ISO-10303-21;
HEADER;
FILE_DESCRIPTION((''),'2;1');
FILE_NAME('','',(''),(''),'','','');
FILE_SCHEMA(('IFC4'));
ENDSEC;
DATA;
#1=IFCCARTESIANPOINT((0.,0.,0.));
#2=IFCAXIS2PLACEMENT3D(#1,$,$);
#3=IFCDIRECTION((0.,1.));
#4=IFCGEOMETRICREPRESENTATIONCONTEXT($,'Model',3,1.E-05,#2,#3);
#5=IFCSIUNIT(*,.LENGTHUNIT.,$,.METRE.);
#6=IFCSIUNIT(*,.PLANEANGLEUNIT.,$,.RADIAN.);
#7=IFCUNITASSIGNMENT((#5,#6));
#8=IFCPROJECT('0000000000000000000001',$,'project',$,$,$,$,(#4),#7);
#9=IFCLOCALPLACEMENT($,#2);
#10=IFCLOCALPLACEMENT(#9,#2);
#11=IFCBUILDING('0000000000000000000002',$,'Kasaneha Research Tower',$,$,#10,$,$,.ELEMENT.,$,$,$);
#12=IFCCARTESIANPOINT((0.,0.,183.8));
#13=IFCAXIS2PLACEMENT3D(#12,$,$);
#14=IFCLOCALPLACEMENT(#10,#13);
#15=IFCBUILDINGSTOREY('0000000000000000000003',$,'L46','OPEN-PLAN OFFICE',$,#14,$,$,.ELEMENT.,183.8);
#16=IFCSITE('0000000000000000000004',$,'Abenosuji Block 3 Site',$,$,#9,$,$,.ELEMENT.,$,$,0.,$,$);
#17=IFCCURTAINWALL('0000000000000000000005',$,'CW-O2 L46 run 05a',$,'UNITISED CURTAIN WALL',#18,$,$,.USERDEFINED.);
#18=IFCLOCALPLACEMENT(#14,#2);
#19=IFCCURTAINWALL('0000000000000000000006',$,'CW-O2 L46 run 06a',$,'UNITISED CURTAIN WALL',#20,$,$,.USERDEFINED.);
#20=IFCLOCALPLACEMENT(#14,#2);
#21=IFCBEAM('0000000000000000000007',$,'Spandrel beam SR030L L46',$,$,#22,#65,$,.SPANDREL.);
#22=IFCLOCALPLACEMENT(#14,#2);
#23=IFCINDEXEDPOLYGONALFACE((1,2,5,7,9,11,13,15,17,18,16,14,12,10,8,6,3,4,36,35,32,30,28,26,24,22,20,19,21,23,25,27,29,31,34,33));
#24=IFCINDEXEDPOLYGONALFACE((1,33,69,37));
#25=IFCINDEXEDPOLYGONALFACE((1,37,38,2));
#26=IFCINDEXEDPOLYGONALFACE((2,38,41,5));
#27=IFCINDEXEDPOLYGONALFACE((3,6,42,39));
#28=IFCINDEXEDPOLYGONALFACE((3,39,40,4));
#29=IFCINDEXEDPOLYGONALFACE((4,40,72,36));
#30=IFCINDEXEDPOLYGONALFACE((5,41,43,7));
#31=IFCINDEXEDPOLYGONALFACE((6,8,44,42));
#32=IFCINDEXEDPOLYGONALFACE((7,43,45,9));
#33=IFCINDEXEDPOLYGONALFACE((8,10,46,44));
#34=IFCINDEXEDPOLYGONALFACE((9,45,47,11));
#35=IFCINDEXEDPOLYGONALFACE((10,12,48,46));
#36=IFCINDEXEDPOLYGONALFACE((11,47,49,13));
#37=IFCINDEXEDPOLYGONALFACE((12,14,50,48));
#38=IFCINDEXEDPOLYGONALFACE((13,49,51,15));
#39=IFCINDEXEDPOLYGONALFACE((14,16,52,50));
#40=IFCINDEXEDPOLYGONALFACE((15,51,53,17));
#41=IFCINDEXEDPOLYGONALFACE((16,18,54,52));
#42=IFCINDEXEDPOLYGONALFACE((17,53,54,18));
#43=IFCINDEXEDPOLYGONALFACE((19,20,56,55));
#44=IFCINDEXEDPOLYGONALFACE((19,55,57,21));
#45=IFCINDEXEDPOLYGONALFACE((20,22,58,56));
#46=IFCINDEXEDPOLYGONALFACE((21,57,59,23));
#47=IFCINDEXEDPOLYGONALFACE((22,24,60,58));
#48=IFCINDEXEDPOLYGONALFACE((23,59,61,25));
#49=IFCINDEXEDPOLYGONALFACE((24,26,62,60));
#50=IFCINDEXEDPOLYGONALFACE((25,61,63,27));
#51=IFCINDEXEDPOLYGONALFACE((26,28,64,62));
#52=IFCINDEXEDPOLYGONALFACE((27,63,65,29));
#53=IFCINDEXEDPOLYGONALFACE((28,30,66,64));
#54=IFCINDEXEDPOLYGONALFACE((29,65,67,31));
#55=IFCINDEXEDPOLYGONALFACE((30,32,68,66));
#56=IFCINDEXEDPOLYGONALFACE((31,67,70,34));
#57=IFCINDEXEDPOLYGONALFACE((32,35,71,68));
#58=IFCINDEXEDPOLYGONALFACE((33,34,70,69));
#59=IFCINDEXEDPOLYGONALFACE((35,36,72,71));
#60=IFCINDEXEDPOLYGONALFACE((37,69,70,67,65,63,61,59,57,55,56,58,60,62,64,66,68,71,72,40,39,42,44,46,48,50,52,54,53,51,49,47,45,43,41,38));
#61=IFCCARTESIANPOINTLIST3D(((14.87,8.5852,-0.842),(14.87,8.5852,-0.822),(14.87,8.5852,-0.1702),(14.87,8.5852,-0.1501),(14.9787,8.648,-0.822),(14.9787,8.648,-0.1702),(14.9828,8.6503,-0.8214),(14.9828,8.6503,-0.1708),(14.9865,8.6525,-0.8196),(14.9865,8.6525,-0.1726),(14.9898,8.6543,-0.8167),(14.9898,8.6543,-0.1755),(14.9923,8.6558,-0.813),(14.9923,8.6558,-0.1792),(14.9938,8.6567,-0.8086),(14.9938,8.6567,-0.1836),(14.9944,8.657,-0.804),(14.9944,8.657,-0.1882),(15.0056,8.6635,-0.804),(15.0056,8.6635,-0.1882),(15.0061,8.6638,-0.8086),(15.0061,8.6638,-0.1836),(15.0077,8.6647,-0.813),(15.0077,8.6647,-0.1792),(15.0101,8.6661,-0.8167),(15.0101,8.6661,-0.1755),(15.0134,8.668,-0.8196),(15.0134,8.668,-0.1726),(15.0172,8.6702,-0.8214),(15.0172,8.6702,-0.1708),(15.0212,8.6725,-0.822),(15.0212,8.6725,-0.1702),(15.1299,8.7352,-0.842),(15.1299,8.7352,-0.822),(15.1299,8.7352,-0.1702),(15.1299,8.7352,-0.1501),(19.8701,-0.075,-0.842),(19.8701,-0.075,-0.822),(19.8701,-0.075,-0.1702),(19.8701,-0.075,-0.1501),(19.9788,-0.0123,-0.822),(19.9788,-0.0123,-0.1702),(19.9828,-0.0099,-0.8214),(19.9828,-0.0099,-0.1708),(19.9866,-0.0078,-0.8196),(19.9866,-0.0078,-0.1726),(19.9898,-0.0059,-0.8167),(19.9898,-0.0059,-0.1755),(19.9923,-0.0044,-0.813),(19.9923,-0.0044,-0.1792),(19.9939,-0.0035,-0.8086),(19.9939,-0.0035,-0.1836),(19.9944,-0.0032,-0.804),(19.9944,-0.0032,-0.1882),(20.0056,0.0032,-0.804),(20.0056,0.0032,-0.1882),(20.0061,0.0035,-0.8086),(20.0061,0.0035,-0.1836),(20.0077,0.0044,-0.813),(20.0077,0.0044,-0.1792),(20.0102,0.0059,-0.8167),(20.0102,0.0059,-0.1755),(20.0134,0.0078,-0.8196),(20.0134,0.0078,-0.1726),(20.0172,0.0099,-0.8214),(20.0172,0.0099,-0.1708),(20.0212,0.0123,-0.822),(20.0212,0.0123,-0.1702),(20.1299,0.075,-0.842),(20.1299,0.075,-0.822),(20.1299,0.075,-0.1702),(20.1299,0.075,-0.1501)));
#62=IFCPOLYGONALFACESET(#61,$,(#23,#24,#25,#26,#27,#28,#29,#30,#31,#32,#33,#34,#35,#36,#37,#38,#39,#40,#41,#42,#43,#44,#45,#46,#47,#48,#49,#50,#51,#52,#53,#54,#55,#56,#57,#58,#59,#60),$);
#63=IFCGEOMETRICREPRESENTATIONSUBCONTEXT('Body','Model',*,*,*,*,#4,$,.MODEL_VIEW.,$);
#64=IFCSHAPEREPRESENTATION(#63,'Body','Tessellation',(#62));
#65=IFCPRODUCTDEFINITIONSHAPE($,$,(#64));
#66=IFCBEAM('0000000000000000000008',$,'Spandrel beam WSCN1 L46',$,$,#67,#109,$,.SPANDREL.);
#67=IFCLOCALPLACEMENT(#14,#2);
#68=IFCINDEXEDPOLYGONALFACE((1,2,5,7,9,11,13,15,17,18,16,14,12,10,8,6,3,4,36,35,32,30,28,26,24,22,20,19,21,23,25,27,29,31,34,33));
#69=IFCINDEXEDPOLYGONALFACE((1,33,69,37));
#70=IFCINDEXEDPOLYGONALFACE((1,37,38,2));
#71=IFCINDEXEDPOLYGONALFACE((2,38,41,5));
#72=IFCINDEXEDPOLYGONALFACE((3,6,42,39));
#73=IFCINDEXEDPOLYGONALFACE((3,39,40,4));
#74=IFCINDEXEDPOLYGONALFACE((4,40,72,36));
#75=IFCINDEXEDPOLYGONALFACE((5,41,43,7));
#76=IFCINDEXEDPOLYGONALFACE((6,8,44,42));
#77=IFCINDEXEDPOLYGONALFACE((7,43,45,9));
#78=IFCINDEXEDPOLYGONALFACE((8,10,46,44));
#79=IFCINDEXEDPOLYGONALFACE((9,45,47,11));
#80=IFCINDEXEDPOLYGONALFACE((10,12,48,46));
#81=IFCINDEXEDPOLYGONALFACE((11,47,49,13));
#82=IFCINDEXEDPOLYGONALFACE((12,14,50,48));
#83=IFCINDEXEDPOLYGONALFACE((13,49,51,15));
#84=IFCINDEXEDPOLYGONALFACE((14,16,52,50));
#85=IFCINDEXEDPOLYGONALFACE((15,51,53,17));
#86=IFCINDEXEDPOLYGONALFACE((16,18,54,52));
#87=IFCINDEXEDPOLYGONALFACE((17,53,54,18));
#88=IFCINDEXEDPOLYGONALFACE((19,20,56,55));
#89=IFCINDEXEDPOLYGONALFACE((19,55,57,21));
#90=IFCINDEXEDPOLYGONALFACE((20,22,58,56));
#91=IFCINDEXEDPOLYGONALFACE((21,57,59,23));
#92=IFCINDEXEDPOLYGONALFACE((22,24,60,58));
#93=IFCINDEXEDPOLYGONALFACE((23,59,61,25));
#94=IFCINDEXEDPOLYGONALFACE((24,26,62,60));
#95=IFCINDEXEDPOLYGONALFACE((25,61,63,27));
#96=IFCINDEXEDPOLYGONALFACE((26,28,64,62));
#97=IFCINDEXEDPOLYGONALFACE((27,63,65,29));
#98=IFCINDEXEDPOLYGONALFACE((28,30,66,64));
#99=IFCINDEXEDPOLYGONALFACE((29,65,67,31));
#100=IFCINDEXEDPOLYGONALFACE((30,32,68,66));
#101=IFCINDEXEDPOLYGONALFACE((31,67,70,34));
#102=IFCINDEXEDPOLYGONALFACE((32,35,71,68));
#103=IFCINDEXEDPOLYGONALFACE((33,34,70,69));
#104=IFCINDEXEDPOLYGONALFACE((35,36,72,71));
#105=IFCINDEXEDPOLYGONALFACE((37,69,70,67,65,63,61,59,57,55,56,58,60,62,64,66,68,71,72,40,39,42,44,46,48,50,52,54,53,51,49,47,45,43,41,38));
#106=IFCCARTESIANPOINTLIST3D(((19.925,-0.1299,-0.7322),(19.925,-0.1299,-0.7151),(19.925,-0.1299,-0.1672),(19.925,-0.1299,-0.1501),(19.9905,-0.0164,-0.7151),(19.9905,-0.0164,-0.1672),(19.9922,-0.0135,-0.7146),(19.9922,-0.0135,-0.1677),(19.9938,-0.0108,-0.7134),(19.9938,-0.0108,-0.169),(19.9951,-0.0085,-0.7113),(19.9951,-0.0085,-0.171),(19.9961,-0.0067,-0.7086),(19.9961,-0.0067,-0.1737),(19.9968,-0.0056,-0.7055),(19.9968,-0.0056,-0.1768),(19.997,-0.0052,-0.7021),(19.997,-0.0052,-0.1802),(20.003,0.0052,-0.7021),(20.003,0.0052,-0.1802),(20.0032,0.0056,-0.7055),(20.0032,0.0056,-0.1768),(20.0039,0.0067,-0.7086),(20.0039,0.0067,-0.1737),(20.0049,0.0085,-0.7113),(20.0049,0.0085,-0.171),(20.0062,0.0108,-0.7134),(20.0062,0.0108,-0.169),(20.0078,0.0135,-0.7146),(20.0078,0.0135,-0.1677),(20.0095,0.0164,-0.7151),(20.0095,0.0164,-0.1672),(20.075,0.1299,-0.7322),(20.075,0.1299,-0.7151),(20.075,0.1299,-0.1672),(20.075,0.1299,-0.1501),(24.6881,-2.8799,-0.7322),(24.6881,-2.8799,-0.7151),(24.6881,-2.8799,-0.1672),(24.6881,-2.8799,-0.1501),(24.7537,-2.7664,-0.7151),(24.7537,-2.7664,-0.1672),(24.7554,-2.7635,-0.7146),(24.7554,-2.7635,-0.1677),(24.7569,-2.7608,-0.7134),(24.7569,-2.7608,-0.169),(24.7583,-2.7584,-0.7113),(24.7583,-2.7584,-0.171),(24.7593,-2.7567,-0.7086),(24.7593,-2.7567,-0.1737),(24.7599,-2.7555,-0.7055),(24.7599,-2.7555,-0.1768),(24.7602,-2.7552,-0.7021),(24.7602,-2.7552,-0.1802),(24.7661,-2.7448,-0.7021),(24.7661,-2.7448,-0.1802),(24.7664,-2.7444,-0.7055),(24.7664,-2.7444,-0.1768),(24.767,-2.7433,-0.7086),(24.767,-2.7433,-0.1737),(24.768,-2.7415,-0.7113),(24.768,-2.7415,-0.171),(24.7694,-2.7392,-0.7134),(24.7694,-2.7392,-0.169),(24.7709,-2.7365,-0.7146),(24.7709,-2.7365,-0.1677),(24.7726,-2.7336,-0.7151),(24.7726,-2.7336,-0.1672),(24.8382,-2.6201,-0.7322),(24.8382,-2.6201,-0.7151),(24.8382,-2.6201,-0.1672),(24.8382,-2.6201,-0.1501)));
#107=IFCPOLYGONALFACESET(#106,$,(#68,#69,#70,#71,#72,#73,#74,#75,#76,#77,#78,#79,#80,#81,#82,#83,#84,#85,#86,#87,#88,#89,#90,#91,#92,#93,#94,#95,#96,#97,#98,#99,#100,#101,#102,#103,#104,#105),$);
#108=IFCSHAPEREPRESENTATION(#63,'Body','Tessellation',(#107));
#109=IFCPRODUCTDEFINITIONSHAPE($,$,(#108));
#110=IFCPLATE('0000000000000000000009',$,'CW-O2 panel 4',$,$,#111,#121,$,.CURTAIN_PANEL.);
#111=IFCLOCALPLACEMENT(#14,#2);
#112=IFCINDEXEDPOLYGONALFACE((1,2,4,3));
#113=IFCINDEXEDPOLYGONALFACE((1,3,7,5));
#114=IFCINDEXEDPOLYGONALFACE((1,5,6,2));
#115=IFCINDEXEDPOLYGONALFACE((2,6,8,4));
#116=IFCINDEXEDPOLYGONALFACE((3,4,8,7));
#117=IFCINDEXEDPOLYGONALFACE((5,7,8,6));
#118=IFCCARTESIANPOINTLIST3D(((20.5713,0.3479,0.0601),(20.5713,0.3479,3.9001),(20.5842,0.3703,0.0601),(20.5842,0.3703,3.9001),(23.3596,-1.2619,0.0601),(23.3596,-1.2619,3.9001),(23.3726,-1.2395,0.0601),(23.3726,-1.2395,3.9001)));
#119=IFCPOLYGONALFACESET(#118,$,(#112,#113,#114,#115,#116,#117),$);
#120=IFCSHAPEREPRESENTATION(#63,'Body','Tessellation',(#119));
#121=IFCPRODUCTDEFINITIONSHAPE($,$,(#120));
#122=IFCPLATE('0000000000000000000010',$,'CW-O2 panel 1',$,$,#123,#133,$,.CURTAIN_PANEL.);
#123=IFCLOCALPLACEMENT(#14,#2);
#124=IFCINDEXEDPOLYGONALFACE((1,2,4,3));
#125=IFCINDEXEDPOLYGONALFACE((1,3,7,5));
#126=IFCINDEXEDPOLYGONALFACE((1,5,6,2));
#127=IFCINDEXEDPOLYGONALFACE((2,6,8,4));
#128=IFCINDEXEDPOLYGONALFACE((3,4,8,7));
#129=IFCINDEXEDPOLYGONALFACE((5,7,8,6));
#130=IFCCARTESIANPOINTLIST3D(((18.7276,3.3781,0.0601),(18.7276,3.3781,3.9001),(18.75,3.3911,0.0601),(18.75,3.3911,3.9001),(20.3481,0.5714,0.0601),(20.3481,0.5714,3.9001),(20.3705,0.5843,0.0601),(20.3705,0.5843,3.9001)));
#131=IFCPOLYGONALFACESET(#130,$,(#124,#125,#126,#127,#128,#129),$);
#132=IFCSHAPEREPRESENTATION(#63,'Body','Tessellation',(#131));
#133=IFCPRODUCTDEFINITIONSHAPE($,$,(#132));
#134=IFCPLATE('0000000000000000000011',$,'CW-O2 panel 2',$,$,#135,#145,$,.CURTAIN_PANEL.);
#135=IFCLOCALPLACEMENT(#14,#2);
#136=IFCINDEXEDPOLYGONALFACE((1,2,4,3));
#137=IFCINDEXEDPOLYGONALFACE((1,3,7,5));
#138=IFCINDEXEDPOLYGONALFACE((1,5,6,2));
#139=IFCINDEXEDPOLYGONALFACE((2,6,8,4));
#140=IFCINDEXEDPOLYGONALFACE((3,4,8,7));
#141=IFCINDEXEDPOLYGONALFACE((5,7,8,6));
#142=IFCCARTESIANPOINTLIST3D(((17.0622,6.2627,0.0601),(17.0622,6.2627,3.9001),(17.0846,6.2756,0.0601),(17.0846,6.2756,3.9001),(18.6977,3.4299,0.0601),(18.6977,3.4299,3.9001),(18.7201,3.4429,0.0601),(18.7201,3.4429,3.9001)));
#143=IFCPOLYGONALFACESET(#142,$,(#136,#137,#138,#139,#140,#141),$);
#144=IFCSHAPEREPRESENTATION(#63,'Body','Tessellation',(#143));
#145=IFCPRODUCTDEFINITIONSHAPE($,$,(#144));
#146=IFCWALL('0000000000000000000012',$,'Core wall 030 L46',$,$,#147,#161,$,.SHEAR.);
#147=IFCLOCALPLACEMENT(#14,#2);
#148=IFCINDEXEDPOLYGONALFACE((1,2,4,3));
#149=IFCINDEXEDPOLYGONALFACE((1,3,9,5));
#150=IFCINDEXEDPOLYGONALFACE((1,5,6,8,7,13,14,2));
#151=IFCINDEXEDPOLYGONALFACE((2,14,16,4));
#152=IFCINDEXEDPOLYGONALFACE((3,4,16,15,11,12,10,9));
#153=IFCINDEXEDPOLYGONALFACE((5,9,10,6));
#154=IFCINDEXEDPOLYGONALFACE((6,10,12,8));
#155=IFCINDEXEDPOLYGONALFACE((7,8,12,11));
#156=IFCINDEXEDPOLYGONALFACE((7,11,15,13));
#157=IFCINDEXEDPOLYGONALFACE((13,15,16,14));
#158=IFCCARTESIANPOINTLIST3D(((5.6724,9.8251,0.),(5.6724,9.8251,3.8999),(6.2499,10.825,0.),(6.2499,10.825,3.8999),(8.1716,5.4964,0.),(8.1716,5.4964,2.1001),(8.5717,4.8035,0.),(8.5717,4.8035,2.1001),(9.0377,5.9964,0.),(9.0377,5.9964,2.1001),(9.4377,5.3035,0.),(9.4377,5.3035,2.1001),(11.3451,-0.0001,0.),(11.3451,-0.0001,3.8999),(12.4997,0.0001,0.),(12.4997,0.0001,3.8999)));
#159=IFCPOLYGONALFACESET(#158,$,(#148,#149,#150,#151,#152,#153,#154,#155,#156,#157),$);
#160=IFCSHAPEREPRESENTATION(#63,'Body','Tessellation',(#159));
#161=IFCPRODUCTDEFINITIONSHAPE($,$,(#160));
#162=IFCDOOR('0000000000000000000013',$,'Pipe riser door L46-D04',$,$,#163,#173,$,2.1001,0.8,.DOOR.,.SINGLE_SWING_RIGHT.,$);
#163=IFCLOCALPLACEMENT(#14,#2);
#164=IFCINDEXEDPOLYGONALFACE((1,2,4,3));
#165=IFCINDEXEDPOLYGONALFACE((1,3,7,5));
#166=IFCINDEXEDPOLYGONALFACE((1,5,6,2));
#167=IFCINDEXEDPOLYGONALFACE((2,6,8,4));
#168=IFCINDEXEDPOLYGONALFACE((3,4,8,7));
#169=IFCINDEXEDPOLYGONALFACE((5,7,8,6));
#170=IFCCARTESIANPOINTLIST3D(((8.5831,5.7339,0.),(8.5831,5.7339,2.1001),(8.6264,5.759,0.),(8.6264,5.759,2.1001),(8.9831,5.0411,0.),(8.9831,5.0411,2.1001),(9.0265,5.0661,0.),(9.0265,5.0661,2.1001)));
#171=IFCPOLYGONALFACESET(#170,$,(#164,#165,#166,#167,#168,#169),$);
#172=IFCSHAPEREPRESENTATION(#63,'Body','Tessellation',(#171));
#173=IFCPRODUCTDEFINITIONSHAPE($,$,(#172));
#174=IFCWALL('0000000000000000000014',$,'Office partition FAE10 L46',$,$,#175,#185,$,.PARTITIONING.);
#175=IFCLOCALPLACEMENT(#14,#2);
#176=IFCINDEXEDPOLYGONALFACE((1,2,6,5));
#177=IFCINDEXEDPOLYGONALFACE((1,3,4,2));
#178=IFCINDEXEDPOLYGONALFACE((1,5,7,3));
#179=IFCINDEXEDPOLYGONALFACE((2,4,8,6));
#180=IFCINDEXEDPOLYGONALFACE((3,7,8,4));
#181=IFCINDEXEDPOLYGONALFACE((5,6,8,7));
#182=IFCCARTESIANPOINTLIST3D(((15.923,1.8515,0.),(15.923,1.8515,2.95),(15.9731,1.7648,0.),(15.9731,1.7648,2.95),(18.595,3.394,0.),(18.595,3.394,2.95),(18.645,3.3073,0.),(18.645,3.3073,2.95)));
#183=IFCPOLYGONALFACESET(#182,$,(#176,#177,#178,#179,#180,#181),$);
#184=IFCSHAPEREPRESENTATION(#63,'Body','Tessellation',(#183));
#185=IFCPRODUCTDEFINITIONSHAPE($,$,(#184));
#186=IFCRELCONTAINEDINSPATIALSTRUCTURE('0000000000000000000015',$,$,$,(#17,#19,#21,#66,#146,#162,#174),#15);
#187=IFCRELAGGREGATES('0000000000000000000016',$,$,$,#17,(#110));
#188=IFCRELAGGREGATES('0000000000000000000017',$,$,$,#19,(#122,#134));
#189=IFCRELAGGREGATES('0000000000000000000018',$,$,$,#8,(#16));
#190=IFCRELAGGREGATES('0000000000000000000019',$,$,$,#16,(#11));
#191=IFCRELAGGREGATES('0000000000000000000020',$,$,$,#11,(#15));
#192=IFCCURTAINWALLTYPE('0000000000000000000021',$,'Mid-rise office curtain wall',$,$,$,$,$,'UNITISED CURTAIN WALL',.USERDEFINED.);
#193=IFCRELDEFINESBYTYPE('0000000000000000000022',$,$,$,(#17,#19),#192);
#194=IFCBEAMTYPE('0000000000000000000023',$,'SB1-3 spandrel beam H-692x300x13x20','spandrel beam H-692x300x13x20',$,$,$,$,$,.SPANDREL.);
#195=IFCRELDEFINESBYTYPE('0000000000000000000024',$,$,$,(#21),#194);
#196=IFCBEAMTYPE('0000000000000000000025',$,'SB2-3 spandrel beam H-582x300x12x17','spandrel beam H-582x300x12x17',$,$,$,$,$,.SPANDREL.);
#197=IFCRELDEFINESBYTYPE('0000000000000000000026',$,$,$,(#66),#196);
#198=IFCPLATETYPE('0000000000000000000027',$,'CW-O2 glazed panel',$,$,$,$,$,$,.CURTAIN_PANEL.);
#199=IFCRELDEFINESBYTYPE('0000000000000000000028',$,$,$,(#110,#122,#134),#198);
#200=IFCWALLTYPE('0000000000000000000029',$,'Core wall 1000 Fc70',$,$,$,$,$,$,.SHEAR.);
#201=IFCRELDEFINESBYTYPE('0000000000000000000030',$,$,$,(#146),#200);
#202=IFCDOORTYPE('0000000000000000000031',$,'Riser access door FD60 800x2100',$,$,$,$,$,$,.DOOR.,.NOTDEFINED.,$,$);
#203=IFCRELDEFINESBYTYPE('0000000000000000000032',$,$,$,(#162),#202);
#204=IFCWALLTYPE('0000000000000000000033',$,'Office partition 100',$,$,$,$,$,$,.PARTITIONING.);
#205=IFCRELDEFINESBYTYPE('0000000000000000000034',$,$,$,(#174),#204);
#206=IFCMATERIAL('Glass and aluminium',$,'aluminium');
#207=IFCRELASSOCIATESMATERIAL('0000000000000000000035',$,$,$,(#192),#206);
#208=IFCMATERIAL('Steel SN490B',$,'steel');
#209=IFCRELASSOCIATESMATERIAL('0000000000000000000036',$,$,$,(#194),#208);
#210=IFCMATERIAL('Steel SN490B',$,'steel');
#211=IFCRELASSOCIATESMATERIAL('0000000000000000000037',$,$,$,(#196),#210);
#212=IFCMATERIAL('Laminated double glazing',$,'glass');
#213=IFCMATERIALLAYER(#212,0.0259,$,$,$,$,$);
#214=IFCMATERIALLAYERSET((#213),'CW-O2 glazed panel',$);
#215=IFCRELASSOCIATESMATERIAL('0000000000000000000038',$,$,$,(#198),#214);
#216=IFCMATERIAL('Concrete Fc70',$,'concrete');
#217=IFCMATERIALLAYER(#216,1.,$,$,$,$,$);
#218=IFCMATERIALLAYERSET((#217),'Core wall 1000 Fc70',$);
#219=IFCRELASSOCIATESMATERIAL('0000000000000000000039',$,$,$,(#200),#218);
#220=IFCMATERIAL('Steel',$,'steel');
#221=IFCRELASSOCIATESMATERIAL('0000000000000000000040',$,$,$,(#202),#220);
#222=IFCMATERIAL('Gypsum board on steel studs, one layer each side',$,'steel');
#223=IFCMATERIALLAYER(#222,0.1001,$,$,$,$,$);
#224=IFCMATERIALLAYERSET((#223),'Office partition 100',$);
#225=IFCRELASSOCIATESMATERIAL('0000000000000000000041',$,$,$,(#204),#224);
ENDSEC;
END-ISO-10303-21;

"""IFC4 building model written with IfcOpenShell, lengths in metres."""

from ifc_helpers import new_model, si_unit, direction, frame, frame_2d, origin, origin_2d, place, context, subcontext, project, spatial, polyline, rectangle, i_section, outline, extrude, material, layer, layer_set, material_profile, profile_set, type_object, element, fill, aggregate, save


model = new_model("IFC4")

# Units and contexts
model_context = context("Model", 3, precision=1e-05, world=origin(), true_north=direction((0.0, 1.0)))
body_context = subcontext(model_context, "Body", "Model", "MODEL_VIEW")
ifc_project = project(units=[si_unit("LENGTHUNIT", "METRE"), si_unit("PLANEANGLEUNIT", "RADIAN")], contexts=[model_context])

# Site, building, storey
site_placement = place(None, origin())
site = spatial("IfcSite", under=ifc_project, at=site_placement, Name="Abenosuji Block 3 Site", CompositionType="ELEMENT", RefElevation=0.0)
building_placement = place(site_placement, origin())
building = spatial("IfcBuilding", under=site, at=building_placement, Name="Kasaneha Research Tower", CompositionType="ELEMENT")
storey_placement = place(building_placement, frame((0.0, 0.0, 183.8)))
storey = spatial("IfcBuildingStorey", under=building, at=storey_placement, Name="L46", Description="OPEN-PLAN OFFICE", CompositionType="ELEMENT", Elevation=183.8)

# Curtain walls
ifc_material_1 = material(Name="Glass and aluminium", Category="aluminium")
curtain_wall_type = type_object("IfcCurtainWallType", Name="Mid-rise office curtain wall", ElementType="UNITISED CURTAIN WALL", PredefinedType="USERDEFINED", material=ifc_material_1)
curtain_wall_1_placement = place(storey_placement, origin())
curtain_wall_1 = element("IfcCurtainWall", 1, at=curtain_wall_1_placement, inside=storey, type_object=curtain_wall_type, Name="CW-O2 L46 run 05a", ObjectType="UNITISED CURTAIN WALL", PredefinedType="USERDEFINED")
curtain_wall_2_placement = place(storey_placement, origin())
curtain_wall_2 = element("IfcCurtainWall", 2, at=curtain_wall_2_placement, inside=storey, type_object=curtain_wall_type, Name="CW-O2 L46 run 06a", ObjectType="UNITISED CURTAIN WALL", PredefinedType="USERDEFINED")

# Beams
ifc_material_2 = material(Name="Steel SN490B", Category="steel")
ifc_material_profile_1 = material_profile(ifc_material_2, i_section(OverallWidth=0.3, OverallDepth=0.6919, WebThickness=0.0129, FlangeThickness=0.02, FilletRadius=0.0181, at=origin_2d()), Name="H-692x300x13x20")
ifc_profile_set_1 = profile_set([ifc_material_profile_1], Name="Steel SN490B")
beam_type_1 = type_object("IfcBeamType", Name="SB1-3 spandrel beam H-692x300x13x20", Description="spandrel beam H-692x300x13x20", PredefinedType="SPANDREL", material=ifc_profile_set_1)
beam_1_placement = place(storey_placement, frame((20.0, 0.0, -0.4961), z_axis=(-0.500004, 0.866023, 0.0), x_axis=(-0.866023, -0.500004, 0.0)))
element("IfcBeam", 3, at=beam_1_placement, inside=storey, type_object=beam_type_1, Name="Spandrel beam SR030L L46", PredefinedType="SPANDREL", context=body_context, shape_type="SweptSolid", body=[
    extrude(i_section(OverallWidth=0.3, OverallDepth=0.6919, WebThickness=0.0129, FlangeThickness=0.02, FilletRadius=0.0181, at=origin_2d()), origin(), (0.0, 0.0, 1.0), 10.0),
])
ifc_material_3 = material(Name="Steel SN490B", Category="steel")
ifc_material_profile_2 = material_profile(ifc_material_3, i_section(OverallWidth=0.3, OverallDepth=0.582, WebThickness=0.012, FlangeThickness=0.0171, FilletRadius=0.0129, at=origin_2d()), Name="H-582x300x12x17")
ifc_profile_set_2 = profile_set([ifc_material_profile_2], Name="Steel SN490B")
beam_type_2 = type_object("IfcBeamType", Name="SB2-3 spandrel beam H-582x300x12x17", Description="spandrel beam H-582x300x12x17", PredefinedType="SPANDREL", material=ifc_profile_set_2)
beam_2_placement = place(storey_placement, frame((20.0, 0.0, -0.4412), z_axis=(0.866027, -0.499997, 0.0), x_axis=(0.499997, 0.866027, 0.0)))
element("IfcBeam", 4, at=beam_2_placement, inside=storey, type_object=beam_type_2, Name="Spandrel beam WSCN1 L46", PredefinedType="SPANDREL", context=body_context, shape_type="SweptSolid", body=[
    extrude(i_section(OverallWidth=0.3, OverallDepth=0.582, WebThickness=0.012, FlangeThickness=0.0171, FilletRadius=0.0129, at=origin_2d()), origin(), (0.0, 0.0, 1.0), 5.5),
])

# Plates
ifc_material_4 = material(Name="Laminated double glazing", Category="glass")
ifc_layer_1 = layer(ifc_material_4, 0.0259)
ifc_layer_set_1 = layer_set([ifc_layer_1], Name="CW-O2 glazed panel")
plate_type = type_object("IfcPlateType", Name="CW-O2 glazed panel", PredefinedType="CURTAIN_PANEL", material=ifc_layer_set_1)
plate_1_placement = place(storey_placement, frame((21.9719, -0.4458, 0.0601), z_axis=(0.0, 0.0, 1.0), x_axis=(-0.866025, 0.5, 0.0)))
plate_1 = element("IfcPlate", 5, at=plate_1_placement, type_object=plate_type, Name="CW-O2 panel 4", PredefinedType="CURTAIN_PANEL", context=body_context, shape_type="SweptSolid", body=[
    extrude(rectangle(XDim=3.2197, YDim=0.0259, at=origin_2d()), origin(), (0.0, 0.0, 1.0), 3.8401),
])
aggregate(curtain_wall_1, [plate_1])
plate_2_placement = place(storey_placement, frame((19.5491, 1.9812, 0.0601), z_axis=(0.0, 0.0, 1.0), x_axis=(-0.5, 0.866025, 0.0)))
plate_2 = element("IfcPlate", 6, at=plate_2_placement, type_object=plate_type, Name="CW-O2 panel 1", PredefinedType="CURTAIN_PANEL", context=body_context, shape_type="SweptSolid", body=[
    extrude(rectangle(XDim=3.241, YDim=0.0259, at=origin_2d()), origin(), (0.0, 0.0, 1.0), 3.8401),
])
plate_3_placement = place(storey_placement, frame((17.8911, 4.8528, 0.0601), z_axis=(0.0, 0.0, 1.0), x_axis=(-0.5, 0.866025, 0.0)))
plate_3 = element("IfcPlate", 7, at=plate_3_placement, type_object=plate_type, Name="CW-O2 panel 2", PredefinedType="CURTAIN_PANEL", context=body_context, shape_type="SweptSolid", body=[
    extrude(rectangle(XDim=3.271, YDim=0.0259, at=origin_2d()), origin(), (0.0, 0.0, 1.0), 3.8401),
])
aggregate(curtain_wall_2, [plate_2, plate_3])

# Wall, opening, door
ifc_material_5 = material(Name="Concrete Fc70", Category="concrete")
ifc_layer_2 = layer(ifc_material_5, 1.0)
ifc_layer_set_2 = layer_set([ifc_layer_2], Name="Core wall 1000 Fc70")
wall_type_1 = type_object("IfcWallType", Name="Core wall 1000 Fc70", PredefinedType="SHEAR", material=ifc_layer_set_2)
wall_1_placement = place(storey_placement, frame((11.9224, 0.0, 0.0), z_axis=(0.0, 0.0, 1.0), x_axis=(-0.500004, 0.866023, 0.0)))
wall_1 = element("IfcWall", 8, at=wall_1_placement, inside=storey, type_object=wall_type_1, Name="Core wall 030 L46", PredefinedType="SHEAR", context=body_context, shape_type="SweptSolid", body=[
    extrude(outline(polyline([(-0.2886, -0.5), (5.8354, -0.5), (6.6355, -0.5), (12.2109, -0.5), (11.6338, 0.5), (6.6355, 0.5), (5.8354, 0.5), (0.2886, 0.5), (-0.2886, -0.5)])), origin(), (0.0, 0.0, 1.0), 3.8999),
])
opening_1_placement = place(wall_1_placement, frame((5.8354, 0.0, 0.0)))
opening_1 = element("IfcOpeningElement", 9, at=opening_1_placement, cuts=wall_1, PredefinedType="OPENING", context=body_context, shape_type="SweptSolid", body=[
    extrude(rectangle(XDim=0.8, YDim=2.1001, at=frame_2d((0.3999, 1.05))), frame((0.0, 0.51, 0.0), z_axis=(0.0, -1.0, 0.0), x_axis=(1.0, 0.0, 0.0)), (0.0, 0.0, 1.0), 1.02),
])
ifc_material_6 = material(Name="Steel", Category="steel")
door_type_1 = type_object("IfcDoorType", Name="Riser access door FD60 800x2100", OperationType="NOTDEFINED", PredefinedType="DOOR", material=ifc_material_6)
door_1_placement = place(opening_1_placement, origin())
door_1 = element("IfcDoor", 10, at=door_1_placement, inside=storey, type_object=door_type_1, Name="Pipe riser door L46-D04", OperationType="SINGLE_SWING_RIGHT", OverallHeight=2.1001, OverallWidth=0.8, PredefinedType="DOOR", context=body_context, shape_type="SweptSolid", body=[
    extrude(rectangle(XDim=0.8, YDim=2.1001, at=frame_2d((0.3999, 1.05))), frame((0.0, 0.0249, 0.0), z_axis=(0.0, -1.0, 0.0), x_axis=(1.0, 0.0, 0.0)), (0.0, 0.0, 1.0), 0.05),
])
fill(opening_1, door_1)

# Wall
ifc_material_7 = material(Name="Gypsum board on steel studs, one layer each side", Category="steel")
ifc_layer_3 = layer(ifc_material_7, 0.1001)
ifc_layer_set_3 = layer_set([ifc_layer_3], Name="Office partition 100")
wall_type_2 = type_object("IfcWallType", Name="Office partition 100", PredefinedType="PARTITIONING", material=ifc_layer_set_3)
wall_2_placement = place(storey_placement, frame((18.6199, 3.3506, 0.0), z_axis=(0.0, 0.0, 1.0), x_axis=(-0.866043, -0.499969, 0.0)))
element("IfcWall", 11, at=wall_2_placement, inside=storey, type_object=wall_type_2, Name="Office partition FAE10 L46", PredefinedType="PARTITIONING", context=body_context, shape_type="SweptSolid", body=[
    extrude(rectangle(XDim=3.0852, YDim=0.1001, at=frame_2d((1.5425, 0.0))), origin(), (0.0, 0.0, 1.0), 2.95),
])

save(model, "model.ifc")
